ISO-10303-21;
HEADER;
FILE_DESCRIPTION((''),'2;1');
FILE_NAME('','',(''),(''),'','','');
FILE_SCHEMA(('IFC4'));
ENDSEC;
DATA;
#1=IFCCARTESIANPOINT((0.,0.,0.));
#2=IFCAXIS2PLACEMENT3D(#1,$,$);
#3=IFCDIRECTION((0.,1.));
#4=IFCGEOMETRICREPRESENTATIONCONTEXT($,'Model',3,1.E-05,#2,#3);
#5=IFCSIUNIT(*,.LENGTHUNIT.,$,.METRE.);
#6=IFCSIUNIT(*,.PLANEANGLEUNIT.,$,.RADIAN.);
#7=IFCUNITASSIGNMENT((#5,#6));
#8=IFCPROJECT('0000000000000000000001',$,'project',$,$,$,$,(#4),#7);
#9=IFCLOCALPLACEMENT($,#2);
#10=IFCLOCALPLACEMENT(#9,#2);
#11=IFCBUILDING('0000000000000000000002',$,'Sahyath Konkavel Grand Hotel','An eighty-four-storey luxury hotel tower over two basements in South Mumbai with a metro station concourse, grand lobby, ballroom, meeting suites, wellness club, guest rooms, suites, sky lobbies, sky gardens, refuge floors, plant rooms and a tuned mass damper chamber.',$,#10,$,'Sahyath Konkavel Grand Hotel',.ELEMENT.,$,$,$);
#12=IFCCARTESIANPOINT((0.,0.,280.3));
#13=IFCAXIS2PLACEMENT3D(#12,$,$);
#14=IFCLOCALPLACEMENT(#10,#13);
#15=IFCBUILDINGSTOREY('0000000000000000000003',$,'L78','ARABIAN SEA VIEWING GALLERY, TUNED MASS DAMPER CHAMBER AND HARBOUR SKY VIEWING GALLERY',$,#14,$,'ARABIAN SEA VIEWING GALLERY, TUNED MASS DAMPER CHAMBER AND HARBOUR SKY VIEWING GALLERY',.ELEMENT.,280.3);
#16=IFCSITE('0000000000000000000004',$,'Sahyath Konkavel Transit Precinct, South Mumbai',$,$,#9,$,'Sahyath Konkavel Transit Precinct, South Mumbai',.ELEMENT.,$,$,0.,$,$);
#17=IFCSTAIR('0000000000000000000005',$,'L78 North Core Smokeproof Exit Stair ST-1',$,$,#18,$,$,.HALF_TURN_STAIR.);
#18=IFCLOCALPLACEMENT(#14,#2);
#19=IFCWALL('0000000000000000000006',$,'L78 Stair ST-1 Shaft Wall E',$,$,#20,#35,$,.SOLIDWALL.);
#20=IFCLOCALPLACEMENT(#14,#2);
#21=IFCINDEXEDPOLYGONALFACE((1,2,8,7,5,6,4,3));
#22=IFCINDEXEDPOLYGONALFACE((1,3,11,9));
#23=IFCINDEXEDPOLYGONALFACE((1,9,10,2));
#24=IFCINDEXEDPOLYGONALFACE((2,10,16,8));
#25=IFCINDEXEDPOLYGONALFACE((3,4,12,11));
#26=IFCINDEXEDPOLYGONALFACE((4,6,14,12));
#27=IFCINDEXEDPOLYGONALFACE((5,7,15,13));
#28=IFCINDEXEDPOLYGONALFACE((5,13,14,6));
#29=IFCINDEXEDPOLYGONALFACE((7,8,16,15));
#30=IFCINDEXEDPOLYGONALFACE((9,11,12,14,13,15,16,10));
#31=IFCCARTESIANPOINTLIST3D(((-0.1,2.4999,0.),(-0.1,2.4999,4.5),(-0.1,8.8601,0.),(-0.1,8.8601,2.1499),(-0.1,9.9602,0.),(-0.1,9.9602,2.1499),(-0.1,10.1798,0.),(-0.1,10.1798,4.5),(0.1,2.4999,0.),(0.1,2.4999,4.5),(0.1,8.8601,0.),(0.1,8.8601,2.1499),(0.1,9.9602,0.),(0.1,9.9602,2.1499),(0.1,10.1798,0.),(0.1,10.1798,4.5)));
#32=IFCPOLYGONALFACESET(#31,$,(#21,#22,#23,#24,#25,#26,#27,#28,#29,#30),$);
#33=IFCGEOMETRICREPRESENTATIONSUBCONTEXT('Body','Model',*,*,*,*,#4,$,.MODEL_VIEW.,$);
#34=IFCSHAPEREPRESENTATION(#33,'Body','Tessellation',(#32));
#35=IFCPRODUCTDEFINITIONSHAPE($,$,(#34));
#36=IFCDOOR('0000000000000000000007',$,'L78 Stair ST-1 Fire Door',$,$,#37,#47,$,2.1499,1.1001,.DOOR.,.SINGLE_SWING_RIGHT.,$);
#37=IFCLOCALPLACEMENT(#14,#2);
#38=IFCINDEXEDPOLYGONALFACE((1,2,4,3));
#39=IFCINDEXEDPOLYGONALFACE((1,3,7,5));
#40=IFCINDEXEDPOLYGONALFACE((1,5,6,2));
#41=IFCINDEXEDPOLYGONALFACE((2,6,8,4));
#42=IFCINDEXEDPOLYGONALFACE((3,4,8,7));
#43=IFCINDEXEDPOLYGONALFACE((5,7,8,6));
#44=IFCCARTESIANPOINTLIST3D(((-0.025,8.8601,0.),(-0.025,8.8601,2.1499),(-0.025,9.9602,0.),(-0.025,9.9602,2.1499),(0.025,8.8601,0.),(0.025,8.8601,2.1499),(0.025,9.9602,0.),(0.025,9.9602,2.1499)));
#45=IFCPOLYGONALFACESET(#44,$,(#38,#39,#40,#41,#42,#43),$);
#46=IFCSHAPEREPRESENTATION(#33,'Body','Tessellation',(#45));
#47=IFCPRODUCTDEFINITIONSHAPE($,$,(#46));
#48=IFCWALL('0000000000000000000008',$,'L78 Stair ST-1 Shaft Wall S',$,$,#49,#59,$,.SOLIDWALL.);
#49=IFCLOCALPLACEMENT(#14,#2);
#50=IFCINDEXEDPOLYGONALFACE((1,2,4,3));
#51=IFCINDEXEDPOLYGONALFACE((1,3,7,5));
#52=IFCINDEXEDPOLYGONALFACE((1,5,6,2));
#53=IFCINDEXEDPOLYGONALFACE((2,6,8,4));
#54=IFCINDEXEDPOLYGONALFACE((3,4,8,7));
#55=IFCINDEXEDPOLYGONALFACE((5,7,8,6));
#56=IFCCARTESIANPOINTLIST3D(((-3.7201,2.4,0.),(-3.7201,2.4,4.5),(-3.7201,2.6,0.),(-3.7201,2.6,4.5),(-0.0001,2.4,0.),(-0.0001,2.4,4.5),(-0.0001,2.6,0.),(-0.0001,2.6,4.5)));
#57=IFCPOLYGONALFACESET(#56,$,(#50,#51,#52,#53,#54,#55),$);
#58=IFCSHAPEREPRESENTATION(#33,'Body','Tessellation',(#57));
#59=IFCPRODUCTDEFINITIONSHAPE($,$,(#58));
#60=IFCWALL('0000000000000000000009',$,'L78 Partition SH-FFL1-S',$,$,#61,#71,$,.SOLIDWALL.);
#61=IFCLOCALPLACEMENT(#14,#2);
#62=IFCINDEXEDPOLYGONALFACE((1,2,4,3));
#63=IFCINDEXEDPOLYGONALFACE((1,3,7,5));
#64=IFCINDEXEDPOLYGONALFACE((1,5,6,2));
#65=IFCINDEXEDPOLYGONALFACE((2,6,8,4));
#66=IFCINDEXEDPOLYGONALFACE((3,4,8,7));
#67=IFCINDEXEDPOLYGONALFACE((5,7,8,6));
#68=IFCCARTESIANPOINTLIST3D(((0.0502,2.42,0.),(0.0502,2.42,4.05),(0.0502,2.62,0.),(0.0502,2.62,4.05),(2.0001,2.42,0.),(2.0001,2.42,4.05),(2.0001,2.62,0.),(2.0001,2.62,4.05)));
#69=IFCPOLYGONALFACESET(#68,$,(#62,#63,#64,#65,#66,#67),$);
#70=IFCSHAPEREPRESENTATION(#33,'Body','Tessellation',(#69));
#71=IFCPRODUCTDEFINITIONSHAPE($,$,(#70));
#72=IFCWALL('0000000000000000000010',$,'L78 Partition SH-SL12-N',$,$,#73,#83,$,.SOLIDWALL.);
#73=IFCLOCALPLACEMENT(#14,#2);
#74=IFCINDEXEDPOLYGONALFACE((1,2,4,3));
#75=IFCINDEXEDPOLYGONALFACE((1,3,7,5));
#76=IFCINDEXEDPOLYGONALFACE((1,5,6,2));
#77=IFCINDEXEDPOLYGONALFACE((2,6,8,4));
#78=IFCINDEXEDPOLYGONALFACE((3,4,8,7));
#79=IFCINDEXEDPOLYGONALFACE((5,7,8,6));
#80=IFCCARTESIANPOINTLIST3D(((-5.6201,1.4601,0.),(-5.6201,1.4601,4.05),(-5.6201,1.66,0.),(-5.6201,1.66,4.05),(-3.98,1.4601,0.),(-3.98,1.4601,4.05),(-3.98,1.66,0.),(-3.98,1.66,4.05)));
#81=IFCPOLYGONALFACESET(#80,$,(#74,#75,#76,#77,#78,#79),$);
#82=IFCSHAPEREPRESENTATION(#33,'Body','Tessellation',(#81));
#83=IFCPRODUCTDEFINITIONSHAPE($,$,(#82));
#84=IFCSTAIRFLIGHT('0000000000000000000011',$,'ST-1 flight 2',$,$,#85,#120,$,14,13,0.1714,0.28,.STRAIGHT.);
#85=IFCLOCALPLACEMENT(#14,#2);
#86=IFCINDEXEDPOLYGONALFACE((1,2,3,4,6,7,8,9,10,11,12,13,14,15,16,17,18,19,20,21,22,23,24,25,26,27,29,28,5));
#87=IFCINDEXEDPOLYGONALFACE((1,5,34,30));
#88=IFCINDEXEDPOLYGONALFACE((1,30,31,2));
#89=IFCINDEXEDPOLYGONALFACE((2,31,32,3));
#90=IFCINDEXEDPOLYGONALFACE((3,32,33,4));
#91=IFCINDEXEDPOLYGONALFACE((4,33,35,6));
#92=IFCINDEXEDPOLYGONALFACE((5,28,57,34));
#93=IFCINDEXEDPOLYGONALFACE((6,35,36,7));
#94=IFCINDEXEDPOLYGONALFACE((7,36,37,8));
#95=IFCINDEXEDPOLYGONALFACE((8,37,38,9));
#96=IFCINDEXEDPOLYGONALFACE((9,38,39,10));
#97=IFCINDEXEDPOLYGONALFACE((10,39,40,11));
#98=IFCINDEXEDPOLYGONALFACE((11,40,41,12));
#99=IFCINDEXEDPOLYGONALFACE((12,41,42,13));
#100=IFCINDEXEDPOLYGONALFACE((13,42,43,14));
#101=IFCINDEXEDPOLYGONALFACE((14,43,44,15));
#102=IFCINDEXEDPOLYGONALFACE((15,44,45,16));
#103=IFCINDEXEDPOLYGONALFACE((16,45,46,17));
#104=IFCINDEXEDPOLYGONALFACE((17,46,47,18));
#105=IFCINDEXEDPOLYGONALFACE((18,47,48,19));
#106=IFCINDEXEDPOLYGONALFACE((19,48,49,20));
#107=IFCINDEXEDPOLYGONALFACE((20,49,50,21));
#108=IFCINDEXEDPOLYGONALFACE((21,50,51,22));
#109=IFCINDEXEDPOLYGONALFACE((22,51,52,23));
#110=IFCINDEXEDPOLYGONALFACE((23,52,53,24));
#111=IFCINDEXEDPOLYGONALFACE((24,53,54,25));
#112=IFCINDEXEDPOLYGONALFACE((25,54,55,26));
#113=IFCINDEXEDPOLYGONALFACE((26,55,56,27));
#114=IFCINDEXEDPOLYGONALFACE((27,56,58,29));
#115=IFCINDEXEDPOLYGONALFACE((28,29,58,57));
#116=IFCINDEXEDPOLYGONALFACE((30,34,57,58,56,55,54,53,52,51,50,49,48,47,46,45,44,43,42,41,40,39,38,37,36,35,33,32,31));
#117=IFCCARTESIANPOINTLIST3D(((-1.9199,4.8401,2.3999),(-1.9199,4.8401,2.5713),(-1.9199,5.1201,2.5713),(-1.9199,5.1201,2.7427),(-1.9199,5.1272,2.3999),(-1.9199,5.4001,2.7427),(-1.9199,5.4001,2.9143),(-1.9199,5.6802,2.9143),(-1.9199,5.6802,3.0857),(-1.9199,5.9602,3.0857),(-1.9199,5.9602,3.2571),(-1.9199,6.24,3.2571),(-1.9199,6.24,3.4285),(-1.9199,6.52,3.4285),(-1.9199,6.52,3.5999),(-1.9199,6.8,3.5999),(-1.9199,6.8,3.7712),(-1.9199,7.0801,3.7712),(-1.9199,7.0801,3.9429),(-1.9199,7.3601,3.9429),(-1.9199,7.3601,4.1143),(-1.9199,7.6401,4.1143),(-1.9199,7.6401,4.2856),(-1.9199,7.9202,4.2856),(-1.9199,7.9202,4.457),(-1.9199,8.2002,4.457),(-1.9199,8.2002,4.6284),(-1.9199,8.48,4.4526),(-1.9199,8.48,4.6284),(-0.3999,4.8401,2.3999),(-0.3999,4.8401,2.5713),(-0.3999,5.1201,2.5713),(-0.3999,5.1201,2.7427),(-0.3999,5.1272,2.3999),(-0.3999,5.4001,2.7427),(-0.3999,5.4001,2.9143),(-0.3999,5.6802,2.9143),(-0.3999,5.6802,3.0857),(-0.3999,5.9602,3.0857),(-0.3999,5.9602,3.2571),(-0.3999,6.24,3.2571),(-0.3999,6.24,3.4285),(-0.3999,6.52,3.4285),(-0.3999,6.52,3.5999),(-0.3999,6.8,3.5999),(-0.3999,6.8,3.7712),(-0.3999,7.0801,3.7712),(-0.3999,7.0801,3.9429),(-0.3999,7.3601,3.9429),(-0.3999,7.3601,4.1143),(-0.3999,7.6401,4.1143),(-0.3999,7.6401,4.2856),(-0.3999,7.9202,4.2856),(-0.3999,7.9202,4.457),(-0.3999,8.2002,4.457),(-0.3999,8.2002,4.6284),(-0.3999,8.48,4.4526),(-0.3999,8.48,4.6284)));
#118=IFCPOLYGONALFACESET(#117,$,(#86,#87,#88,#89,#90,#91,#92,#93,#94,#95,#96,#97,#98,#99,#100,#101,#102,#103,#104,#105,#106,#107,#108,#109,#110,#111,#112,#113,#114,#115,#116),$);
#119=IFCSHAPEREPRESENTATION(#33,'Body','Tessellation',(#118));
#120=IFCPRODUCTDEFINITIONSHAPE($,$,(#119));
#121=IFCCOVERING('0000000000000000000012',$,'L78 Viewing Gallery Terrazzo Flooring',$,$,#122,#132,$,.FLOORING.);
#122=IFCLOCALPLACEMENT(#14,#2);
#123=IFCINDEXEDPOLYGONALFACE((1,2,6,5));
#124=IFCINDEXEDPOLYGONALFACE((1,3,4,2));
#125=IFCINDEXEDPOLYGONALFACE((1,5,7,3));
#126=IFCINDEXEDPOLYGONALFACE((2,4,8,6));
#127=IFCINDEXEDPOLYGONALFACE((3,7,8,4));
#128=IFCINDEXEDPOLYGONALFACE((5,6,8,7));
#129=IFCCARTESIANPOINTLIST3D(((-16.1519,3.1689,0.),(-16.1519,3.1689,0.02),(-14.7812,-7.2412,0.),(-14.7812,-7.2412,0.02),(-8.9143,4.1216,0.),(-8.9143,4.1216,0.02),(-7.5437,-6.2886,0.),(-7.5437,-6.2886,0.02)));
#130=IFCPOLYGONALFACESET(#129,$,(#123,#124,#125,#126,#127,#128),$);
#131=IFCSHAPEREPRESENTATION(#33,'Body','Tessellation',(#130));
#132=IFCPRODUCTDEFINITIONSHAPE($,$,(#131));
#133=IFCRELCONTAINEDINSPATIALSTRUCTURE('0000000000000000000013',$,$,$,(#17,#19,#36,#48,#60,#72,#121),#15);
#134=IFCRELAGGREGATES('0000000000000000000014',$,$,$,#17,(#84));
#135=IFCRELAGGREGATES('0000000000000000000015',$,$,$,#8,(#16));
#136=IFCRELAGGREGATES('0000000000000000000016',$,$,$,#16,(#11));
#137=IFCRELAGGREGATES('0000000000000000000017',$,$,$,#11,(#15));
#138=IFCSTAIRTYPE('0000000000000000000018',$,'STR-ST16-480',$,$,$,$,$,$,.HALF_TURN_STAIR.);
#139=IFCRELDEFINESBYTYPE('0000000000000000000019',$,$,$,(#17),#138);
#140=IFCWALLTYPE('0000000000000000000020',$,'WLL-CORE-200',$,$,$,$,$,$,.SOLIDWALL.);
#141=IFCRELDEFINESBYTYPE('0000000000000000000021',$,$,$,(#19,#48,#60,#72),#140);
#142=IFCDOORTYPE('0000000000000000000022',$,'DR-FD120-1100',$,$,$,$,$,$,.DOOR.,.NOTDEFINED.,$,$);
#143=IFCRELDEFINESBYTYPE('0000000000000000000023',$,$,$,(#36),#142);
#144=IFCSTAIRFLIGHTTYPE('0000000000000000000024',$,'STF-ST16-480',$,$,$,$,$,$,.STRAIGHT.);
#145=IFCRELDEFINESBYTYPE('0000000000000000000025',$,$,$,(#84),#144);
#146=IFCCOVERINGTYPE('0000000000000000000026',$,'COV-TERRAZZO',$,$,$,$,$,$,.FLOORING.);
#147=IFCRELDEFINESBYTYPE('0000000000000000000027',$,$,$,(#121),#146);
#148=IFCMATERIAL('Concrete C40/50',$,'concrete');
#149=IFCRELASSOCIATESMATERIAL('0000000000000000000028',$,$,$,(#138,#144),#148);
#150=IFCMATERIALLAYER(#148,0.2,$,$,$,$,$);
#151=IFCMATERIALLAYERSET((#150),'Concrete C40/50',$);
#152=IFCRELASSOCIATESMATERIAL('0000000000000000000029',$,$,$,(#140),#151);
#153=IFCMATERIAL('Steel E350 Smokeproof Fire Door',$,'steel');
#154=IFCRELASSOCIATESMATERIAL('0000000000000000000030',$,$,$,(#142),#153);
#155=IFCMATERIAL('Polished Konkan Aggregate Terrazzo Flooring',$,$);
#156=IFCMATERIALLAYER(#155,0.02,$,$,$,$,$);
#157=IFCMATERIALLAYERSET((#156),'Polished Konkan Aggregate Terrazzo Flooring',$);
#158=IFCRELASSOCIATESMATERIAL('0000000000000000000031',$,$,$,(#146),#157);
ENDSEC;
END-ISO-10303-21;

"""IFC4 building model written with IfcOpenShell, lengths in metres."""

from ifc_helpers import new_model, si_unit, direction, frame, frame_2d, origin, origin_2d, place, context, subcontext, project, spatial, polyline, rectangle, outline, extrude, source, transform, mapped, material, layer, layer_set, type_object, element, fill, aggregate, save


model = new_model("IFC4")

# Units and contexts
model_context = context("Model", 3, precision=1e-05, world=origin(), true_north=direction((0.0, 1.0)))
body_context = subcontext(model_context, "Body", "Model", "MODEL_VIEW")
ifc_project = project(units=[si_unit("LENGTHUNIT", "METRE"), si_unit("PLANEANGLEUNIT", "RADIAN")], contexts=[model_context])

# Site, building, storey
site_placement = place(None, origin())
site = spatial("IfcSite", under=ifc_project, at=site_placement, Name="Sahyath Konkavel Transit Precinct, South Mumbai", LongName="Sahyath Konkavel Transit Precinct, South Mumbai", CompositionType="ELEMENT", RefElevation=0.0)
building_placement = place(site_placement, origin())
building = spatial("IfcBuilding", under=site, at=building_placement, Name="Sahyath Konkavel Grand Hotel", Description="An eighty-four-storey luxury hotel tower over two basements in South Mumbai with a metro station concourse, grand lobby, ballroom, meeting suites, wellness club, guest rooms, suites, sky lobbies, sky gardens, refuge floors, plant rooms and a tuned mass damper chamber.", LongName="Sahyath Konkavel Grand Hotel", CompositionType="ELEMENT")
storey_placement = place(building_placement, frame((0.0, 0.0, 280.3)))
storey = spatial("IfcBuildingStorey", under=building, at=storey_placement, Name="L78", Description="ARABIAN SEA VIEWING GALLERY, TUNED MASS DAMPER CHAMBER AND HARBOUR SKY VIEWING GALLERY", LongName="ARABIAN SEA VIEWING GALLERY, TUNED MASS DAMPER CHAMBER AND HARBOUR SKY VIEWING GALLERY", CompositionType="ELEMENT", Elevation=280.3)

# Shared definitions
ifc_material_1 = material(Name="Concrete C40/50", Category="concrete")

# Stair
stair_type = type_object("IfcStairType", Name="STR-ST16-480", PredefinedType="HALF_TURN_STAIR", material=ifc_material_1)
stair_1_placement = place(storey_placement, origin())
stair_1 = element("IfcStair", 1, at=stair_1_placement, inside=storey, type_object=stair_type, Name="L78 North Core Smokeproof Exit Stair ST-1", PredefinedType="HALF_TURN_STAIR")

# Wall, opening, door
ifc_layer_1 = layer(ifc_material_1, 0.2)
ifc_layer_set_1 = layer_set([ifc_layer_1], Name="Concrete C40/50")
wall_type_1 = type_object("IfcWallType", Name="WLL-CORE-200", PredefinedType="SOLIDWALL", material=ifc_layer_set_1)
wall_1_placement = place(storey_placement, frame((0.0, 2.5, 0.0), z_axis=(0.0, 0.0, 1.0), x_axis=(0.0, 1.0, 0.0)))
wall_1 = element("IfcWall", 2, at=wall_1_placement, inside=storey, type_object=wall_type_1, Name="L78 Stair ST-1 Shaft Wall E", PredefinedType="SOLIDWALL", context=body_context, shape_type="SweptSolid", body=[
    extrude(rectangle(XDim=7.6799, YDim=0.2, at=frame_2d((3.8398, 0.0))), origin(), (0.0, 0.0, 1.0), 4.5),
])
opening_placement = place(wall_1_placement, frame((6.3601, 0.0, 0.0)))
opening = element("IfcOpeningElement", 3, at=opening_placement, cuts=wall_1, PredefinedType="OPENING", context=body_context, shape_type="SweptSolid", body=[
    extrude(rectangle(XDim=1.1001, YDim=2.1499, at=frame_2d((0.55, 1.075))), frame((0.0, 0.1099, 0.0), z_axis=(0.0, -1.0, 0.0), x_axis=(1.0, 0.0, 0.0)), (0.0, 0.0, 1.0), 0.22),
])
ifc_material_2 = material(Name="Steel E350 Smokeproof Fire Door", Category="steel")
door_type = type_object("IfcDoorType", Name="DR-FD120-1100", OperationType="NOTDEFINED", PredefinedType="DOOR", material=ifc_material_2)
shared_shape_1 = source(origin(), body_context, "Body", "SweptSolid", [
    extrude(rectangle(XDim=1.1001, YDim=0.05, at=origin_2d()), origin(), (0.0, 0.0, 1.0), 2.1499),
])
door_placement = place(opening_placement, frame((0.55, 0.0, 0.0)))
door = element("IfcDoor", 4, at=door_placement, inside=storey, type_object=door_type, Name="L78 Stair ST-1 Fire Door", OperationType="SINGLE_SWING_RIGHT", OverallHeight=2.1499, OverallWidth=1.1001, PredefinedType="DOOR", context=body_context, shape_type="MappedRepresentation", body=[
    mapped(shared_shape_1, transform((0.0, 0.0, 0.0), scale=1.0)),
])
fill(opening, door)

# Walls
wall_2_placement = place(storey_placement, frame((-3.72, 2.5, 0.0), z_axis=(0.0, 0.0, 1.0), x_axis=(1.0, 0.0, 0.0)))
element("IfcWall", 5, at=wall_2_placement, inside=storey, type_object=wall_type_1, Name="L78 Stair ST-1 Shaft Wall S", PredefinedType="SOLIDWALL", context=body_context, shape_type="SweptSolid", body=[
    extrude(rectangle(XDim=3.72, YDim=0.2, at=frame_2d((1.8599, 0.0))), origin(), (0.0, 0.0, 1.0), 4.5),
])
wall_3_placement = place(storey_placement, frame((0.05, 2.52, 0.0), z_axis=(0.0, 0.0, 1.0), x_axis=(1.0, 0.0, 0.0)))
element("IfcWall", 6, at=wall_3_placement, inside=storey, type_object=wall_type_1, Name="L78 Partition SH-FFL1-S", PredefinedType="SOLIDWALL", context=body_context, shape_type="SweptSolid", body=[
    extrude(rectangle(XDim=1.95, YDim=0.2, at=frame_2d((0.9751, 0.0))), origin(), (0.0, 0.0, 1.0), 4.05),
])
wall_4_placement = place(storey_placement, frame((-5.6201, 1.5601, 0.0), z_axis=(0.0, 0.0, 1.0), x_axis=(1.0, 0.0, 0.0)))
element("IfcWall", 7, at=wall_4_placement, inside=storey, type_object=wall_type_1, Name="L78 Partition SH-SL12-N", PredefinedType="SOLIDWALL", context=body_context, shape_type="SweptSolid", body=[
    extrude(rectangle(XDim=1.6401, YDim=0.2, at=frame_2d((0.8201, 0.0))), origin(), (0.0, 0.0, 1.0), 4.05),
])

# Stair flight
stair_flight_type = type_object("IfcStairFlightType", Name="STF-ST16-480", PredefinedType="STRAIGHT", material=ifc_material_1)
stair_flight_placement = place(storey_placement, frame((-1.1599, 4.8401, 2.3999), z_axis=(0.0, 0.0, 1.0), x_axis=(0.0, 1.0, 0.0)))
stair_flight = element("IfcStairFlight", 8, at=stair_flight_placement, type_object=stair_flight_type, Name="ST-1 flight 2", NumberOfRisers=14, NumberOfTreads=13, PredefinedType="STRAIGHT", RiserHeight=0.1714, TreadLength=0.28, context=body_context, shape_type="SweptSolid", body=[
    extrude(outline(polyline([(0.0, 0.0), (0.0, 0.1714), (0.28, 0.1714), (0.28, 0.3428), (0.5601, 0.3428), (0.5601, 0.5144), (0.8401, 0.5144), (0.8401, 0.6858), (1.1201, 0.6858), (1.1201, 0.8572), (1.3999, 0.8572), (1.3999, 1.0286), (1.6799, 1.0286), (1.6799, 1.2), (1.96, 1.2), (1.96, 1.3713), (2.24, 1.3713), (2.24, 1.543), (2.52, 1.543), (2.52, 1.7144), (2.8, 1.7144), (2.8, 1.8857), (3.0801, 1.8857), (3.0801, 2.0571), (3.3601, 2.0571), (3.3601, 2.2285), (3.6399, 2.2285), (3.6399, 2.3999), (3.6399, 2.0527), (0.2871, 0.0), (0.0, 0.0)])), frame((0.0, 0.76, 0.0), z_axis=(0.0, -1.0, 0.0), x_axis=(1.0, 0.0, 0.0)), (0.0, 0.0, 1.0), 1.52),
])
aggregate(stair_1, [stair_flight])

# Covering
ifc_material_3 = material(Name="Polished Konkan Aggregate Terrazzo Flooring")
ifc_layer_2 = layer(ifc_material_3, 0.02)
ifc_layer_set_2 = layer_set([ifc_layer_2], Name="Polished Konkan Aggregate Terrazzo Flooring")
covering_type = type_object("IfcCoveringType", Name="COV-TERRAZZO", PredefinedType="FLOORING", material=ifc_layer_set_2)
covering_placement = place(storey_placement, origin())
element("IfcCovering", 9, at=covering_placement, inside=storey, type_object=covering_type, Name="L78 Viewing Gallery Terrazzo Flooring", PredefinedType="FLOORING", context=body_context, shape_type="SweptSolid", body=[
    extrude(outline(polyline([(-8.9143, 4.1216), (-16.1519, 3.1689), (-14.7812, -7.2412), (-7.5437, -6.2886), (-8.9143, 4.1216)])), origin(), (0.0, 0.0, 1.0), 0.02),
])

save(model, "model.ifc")
